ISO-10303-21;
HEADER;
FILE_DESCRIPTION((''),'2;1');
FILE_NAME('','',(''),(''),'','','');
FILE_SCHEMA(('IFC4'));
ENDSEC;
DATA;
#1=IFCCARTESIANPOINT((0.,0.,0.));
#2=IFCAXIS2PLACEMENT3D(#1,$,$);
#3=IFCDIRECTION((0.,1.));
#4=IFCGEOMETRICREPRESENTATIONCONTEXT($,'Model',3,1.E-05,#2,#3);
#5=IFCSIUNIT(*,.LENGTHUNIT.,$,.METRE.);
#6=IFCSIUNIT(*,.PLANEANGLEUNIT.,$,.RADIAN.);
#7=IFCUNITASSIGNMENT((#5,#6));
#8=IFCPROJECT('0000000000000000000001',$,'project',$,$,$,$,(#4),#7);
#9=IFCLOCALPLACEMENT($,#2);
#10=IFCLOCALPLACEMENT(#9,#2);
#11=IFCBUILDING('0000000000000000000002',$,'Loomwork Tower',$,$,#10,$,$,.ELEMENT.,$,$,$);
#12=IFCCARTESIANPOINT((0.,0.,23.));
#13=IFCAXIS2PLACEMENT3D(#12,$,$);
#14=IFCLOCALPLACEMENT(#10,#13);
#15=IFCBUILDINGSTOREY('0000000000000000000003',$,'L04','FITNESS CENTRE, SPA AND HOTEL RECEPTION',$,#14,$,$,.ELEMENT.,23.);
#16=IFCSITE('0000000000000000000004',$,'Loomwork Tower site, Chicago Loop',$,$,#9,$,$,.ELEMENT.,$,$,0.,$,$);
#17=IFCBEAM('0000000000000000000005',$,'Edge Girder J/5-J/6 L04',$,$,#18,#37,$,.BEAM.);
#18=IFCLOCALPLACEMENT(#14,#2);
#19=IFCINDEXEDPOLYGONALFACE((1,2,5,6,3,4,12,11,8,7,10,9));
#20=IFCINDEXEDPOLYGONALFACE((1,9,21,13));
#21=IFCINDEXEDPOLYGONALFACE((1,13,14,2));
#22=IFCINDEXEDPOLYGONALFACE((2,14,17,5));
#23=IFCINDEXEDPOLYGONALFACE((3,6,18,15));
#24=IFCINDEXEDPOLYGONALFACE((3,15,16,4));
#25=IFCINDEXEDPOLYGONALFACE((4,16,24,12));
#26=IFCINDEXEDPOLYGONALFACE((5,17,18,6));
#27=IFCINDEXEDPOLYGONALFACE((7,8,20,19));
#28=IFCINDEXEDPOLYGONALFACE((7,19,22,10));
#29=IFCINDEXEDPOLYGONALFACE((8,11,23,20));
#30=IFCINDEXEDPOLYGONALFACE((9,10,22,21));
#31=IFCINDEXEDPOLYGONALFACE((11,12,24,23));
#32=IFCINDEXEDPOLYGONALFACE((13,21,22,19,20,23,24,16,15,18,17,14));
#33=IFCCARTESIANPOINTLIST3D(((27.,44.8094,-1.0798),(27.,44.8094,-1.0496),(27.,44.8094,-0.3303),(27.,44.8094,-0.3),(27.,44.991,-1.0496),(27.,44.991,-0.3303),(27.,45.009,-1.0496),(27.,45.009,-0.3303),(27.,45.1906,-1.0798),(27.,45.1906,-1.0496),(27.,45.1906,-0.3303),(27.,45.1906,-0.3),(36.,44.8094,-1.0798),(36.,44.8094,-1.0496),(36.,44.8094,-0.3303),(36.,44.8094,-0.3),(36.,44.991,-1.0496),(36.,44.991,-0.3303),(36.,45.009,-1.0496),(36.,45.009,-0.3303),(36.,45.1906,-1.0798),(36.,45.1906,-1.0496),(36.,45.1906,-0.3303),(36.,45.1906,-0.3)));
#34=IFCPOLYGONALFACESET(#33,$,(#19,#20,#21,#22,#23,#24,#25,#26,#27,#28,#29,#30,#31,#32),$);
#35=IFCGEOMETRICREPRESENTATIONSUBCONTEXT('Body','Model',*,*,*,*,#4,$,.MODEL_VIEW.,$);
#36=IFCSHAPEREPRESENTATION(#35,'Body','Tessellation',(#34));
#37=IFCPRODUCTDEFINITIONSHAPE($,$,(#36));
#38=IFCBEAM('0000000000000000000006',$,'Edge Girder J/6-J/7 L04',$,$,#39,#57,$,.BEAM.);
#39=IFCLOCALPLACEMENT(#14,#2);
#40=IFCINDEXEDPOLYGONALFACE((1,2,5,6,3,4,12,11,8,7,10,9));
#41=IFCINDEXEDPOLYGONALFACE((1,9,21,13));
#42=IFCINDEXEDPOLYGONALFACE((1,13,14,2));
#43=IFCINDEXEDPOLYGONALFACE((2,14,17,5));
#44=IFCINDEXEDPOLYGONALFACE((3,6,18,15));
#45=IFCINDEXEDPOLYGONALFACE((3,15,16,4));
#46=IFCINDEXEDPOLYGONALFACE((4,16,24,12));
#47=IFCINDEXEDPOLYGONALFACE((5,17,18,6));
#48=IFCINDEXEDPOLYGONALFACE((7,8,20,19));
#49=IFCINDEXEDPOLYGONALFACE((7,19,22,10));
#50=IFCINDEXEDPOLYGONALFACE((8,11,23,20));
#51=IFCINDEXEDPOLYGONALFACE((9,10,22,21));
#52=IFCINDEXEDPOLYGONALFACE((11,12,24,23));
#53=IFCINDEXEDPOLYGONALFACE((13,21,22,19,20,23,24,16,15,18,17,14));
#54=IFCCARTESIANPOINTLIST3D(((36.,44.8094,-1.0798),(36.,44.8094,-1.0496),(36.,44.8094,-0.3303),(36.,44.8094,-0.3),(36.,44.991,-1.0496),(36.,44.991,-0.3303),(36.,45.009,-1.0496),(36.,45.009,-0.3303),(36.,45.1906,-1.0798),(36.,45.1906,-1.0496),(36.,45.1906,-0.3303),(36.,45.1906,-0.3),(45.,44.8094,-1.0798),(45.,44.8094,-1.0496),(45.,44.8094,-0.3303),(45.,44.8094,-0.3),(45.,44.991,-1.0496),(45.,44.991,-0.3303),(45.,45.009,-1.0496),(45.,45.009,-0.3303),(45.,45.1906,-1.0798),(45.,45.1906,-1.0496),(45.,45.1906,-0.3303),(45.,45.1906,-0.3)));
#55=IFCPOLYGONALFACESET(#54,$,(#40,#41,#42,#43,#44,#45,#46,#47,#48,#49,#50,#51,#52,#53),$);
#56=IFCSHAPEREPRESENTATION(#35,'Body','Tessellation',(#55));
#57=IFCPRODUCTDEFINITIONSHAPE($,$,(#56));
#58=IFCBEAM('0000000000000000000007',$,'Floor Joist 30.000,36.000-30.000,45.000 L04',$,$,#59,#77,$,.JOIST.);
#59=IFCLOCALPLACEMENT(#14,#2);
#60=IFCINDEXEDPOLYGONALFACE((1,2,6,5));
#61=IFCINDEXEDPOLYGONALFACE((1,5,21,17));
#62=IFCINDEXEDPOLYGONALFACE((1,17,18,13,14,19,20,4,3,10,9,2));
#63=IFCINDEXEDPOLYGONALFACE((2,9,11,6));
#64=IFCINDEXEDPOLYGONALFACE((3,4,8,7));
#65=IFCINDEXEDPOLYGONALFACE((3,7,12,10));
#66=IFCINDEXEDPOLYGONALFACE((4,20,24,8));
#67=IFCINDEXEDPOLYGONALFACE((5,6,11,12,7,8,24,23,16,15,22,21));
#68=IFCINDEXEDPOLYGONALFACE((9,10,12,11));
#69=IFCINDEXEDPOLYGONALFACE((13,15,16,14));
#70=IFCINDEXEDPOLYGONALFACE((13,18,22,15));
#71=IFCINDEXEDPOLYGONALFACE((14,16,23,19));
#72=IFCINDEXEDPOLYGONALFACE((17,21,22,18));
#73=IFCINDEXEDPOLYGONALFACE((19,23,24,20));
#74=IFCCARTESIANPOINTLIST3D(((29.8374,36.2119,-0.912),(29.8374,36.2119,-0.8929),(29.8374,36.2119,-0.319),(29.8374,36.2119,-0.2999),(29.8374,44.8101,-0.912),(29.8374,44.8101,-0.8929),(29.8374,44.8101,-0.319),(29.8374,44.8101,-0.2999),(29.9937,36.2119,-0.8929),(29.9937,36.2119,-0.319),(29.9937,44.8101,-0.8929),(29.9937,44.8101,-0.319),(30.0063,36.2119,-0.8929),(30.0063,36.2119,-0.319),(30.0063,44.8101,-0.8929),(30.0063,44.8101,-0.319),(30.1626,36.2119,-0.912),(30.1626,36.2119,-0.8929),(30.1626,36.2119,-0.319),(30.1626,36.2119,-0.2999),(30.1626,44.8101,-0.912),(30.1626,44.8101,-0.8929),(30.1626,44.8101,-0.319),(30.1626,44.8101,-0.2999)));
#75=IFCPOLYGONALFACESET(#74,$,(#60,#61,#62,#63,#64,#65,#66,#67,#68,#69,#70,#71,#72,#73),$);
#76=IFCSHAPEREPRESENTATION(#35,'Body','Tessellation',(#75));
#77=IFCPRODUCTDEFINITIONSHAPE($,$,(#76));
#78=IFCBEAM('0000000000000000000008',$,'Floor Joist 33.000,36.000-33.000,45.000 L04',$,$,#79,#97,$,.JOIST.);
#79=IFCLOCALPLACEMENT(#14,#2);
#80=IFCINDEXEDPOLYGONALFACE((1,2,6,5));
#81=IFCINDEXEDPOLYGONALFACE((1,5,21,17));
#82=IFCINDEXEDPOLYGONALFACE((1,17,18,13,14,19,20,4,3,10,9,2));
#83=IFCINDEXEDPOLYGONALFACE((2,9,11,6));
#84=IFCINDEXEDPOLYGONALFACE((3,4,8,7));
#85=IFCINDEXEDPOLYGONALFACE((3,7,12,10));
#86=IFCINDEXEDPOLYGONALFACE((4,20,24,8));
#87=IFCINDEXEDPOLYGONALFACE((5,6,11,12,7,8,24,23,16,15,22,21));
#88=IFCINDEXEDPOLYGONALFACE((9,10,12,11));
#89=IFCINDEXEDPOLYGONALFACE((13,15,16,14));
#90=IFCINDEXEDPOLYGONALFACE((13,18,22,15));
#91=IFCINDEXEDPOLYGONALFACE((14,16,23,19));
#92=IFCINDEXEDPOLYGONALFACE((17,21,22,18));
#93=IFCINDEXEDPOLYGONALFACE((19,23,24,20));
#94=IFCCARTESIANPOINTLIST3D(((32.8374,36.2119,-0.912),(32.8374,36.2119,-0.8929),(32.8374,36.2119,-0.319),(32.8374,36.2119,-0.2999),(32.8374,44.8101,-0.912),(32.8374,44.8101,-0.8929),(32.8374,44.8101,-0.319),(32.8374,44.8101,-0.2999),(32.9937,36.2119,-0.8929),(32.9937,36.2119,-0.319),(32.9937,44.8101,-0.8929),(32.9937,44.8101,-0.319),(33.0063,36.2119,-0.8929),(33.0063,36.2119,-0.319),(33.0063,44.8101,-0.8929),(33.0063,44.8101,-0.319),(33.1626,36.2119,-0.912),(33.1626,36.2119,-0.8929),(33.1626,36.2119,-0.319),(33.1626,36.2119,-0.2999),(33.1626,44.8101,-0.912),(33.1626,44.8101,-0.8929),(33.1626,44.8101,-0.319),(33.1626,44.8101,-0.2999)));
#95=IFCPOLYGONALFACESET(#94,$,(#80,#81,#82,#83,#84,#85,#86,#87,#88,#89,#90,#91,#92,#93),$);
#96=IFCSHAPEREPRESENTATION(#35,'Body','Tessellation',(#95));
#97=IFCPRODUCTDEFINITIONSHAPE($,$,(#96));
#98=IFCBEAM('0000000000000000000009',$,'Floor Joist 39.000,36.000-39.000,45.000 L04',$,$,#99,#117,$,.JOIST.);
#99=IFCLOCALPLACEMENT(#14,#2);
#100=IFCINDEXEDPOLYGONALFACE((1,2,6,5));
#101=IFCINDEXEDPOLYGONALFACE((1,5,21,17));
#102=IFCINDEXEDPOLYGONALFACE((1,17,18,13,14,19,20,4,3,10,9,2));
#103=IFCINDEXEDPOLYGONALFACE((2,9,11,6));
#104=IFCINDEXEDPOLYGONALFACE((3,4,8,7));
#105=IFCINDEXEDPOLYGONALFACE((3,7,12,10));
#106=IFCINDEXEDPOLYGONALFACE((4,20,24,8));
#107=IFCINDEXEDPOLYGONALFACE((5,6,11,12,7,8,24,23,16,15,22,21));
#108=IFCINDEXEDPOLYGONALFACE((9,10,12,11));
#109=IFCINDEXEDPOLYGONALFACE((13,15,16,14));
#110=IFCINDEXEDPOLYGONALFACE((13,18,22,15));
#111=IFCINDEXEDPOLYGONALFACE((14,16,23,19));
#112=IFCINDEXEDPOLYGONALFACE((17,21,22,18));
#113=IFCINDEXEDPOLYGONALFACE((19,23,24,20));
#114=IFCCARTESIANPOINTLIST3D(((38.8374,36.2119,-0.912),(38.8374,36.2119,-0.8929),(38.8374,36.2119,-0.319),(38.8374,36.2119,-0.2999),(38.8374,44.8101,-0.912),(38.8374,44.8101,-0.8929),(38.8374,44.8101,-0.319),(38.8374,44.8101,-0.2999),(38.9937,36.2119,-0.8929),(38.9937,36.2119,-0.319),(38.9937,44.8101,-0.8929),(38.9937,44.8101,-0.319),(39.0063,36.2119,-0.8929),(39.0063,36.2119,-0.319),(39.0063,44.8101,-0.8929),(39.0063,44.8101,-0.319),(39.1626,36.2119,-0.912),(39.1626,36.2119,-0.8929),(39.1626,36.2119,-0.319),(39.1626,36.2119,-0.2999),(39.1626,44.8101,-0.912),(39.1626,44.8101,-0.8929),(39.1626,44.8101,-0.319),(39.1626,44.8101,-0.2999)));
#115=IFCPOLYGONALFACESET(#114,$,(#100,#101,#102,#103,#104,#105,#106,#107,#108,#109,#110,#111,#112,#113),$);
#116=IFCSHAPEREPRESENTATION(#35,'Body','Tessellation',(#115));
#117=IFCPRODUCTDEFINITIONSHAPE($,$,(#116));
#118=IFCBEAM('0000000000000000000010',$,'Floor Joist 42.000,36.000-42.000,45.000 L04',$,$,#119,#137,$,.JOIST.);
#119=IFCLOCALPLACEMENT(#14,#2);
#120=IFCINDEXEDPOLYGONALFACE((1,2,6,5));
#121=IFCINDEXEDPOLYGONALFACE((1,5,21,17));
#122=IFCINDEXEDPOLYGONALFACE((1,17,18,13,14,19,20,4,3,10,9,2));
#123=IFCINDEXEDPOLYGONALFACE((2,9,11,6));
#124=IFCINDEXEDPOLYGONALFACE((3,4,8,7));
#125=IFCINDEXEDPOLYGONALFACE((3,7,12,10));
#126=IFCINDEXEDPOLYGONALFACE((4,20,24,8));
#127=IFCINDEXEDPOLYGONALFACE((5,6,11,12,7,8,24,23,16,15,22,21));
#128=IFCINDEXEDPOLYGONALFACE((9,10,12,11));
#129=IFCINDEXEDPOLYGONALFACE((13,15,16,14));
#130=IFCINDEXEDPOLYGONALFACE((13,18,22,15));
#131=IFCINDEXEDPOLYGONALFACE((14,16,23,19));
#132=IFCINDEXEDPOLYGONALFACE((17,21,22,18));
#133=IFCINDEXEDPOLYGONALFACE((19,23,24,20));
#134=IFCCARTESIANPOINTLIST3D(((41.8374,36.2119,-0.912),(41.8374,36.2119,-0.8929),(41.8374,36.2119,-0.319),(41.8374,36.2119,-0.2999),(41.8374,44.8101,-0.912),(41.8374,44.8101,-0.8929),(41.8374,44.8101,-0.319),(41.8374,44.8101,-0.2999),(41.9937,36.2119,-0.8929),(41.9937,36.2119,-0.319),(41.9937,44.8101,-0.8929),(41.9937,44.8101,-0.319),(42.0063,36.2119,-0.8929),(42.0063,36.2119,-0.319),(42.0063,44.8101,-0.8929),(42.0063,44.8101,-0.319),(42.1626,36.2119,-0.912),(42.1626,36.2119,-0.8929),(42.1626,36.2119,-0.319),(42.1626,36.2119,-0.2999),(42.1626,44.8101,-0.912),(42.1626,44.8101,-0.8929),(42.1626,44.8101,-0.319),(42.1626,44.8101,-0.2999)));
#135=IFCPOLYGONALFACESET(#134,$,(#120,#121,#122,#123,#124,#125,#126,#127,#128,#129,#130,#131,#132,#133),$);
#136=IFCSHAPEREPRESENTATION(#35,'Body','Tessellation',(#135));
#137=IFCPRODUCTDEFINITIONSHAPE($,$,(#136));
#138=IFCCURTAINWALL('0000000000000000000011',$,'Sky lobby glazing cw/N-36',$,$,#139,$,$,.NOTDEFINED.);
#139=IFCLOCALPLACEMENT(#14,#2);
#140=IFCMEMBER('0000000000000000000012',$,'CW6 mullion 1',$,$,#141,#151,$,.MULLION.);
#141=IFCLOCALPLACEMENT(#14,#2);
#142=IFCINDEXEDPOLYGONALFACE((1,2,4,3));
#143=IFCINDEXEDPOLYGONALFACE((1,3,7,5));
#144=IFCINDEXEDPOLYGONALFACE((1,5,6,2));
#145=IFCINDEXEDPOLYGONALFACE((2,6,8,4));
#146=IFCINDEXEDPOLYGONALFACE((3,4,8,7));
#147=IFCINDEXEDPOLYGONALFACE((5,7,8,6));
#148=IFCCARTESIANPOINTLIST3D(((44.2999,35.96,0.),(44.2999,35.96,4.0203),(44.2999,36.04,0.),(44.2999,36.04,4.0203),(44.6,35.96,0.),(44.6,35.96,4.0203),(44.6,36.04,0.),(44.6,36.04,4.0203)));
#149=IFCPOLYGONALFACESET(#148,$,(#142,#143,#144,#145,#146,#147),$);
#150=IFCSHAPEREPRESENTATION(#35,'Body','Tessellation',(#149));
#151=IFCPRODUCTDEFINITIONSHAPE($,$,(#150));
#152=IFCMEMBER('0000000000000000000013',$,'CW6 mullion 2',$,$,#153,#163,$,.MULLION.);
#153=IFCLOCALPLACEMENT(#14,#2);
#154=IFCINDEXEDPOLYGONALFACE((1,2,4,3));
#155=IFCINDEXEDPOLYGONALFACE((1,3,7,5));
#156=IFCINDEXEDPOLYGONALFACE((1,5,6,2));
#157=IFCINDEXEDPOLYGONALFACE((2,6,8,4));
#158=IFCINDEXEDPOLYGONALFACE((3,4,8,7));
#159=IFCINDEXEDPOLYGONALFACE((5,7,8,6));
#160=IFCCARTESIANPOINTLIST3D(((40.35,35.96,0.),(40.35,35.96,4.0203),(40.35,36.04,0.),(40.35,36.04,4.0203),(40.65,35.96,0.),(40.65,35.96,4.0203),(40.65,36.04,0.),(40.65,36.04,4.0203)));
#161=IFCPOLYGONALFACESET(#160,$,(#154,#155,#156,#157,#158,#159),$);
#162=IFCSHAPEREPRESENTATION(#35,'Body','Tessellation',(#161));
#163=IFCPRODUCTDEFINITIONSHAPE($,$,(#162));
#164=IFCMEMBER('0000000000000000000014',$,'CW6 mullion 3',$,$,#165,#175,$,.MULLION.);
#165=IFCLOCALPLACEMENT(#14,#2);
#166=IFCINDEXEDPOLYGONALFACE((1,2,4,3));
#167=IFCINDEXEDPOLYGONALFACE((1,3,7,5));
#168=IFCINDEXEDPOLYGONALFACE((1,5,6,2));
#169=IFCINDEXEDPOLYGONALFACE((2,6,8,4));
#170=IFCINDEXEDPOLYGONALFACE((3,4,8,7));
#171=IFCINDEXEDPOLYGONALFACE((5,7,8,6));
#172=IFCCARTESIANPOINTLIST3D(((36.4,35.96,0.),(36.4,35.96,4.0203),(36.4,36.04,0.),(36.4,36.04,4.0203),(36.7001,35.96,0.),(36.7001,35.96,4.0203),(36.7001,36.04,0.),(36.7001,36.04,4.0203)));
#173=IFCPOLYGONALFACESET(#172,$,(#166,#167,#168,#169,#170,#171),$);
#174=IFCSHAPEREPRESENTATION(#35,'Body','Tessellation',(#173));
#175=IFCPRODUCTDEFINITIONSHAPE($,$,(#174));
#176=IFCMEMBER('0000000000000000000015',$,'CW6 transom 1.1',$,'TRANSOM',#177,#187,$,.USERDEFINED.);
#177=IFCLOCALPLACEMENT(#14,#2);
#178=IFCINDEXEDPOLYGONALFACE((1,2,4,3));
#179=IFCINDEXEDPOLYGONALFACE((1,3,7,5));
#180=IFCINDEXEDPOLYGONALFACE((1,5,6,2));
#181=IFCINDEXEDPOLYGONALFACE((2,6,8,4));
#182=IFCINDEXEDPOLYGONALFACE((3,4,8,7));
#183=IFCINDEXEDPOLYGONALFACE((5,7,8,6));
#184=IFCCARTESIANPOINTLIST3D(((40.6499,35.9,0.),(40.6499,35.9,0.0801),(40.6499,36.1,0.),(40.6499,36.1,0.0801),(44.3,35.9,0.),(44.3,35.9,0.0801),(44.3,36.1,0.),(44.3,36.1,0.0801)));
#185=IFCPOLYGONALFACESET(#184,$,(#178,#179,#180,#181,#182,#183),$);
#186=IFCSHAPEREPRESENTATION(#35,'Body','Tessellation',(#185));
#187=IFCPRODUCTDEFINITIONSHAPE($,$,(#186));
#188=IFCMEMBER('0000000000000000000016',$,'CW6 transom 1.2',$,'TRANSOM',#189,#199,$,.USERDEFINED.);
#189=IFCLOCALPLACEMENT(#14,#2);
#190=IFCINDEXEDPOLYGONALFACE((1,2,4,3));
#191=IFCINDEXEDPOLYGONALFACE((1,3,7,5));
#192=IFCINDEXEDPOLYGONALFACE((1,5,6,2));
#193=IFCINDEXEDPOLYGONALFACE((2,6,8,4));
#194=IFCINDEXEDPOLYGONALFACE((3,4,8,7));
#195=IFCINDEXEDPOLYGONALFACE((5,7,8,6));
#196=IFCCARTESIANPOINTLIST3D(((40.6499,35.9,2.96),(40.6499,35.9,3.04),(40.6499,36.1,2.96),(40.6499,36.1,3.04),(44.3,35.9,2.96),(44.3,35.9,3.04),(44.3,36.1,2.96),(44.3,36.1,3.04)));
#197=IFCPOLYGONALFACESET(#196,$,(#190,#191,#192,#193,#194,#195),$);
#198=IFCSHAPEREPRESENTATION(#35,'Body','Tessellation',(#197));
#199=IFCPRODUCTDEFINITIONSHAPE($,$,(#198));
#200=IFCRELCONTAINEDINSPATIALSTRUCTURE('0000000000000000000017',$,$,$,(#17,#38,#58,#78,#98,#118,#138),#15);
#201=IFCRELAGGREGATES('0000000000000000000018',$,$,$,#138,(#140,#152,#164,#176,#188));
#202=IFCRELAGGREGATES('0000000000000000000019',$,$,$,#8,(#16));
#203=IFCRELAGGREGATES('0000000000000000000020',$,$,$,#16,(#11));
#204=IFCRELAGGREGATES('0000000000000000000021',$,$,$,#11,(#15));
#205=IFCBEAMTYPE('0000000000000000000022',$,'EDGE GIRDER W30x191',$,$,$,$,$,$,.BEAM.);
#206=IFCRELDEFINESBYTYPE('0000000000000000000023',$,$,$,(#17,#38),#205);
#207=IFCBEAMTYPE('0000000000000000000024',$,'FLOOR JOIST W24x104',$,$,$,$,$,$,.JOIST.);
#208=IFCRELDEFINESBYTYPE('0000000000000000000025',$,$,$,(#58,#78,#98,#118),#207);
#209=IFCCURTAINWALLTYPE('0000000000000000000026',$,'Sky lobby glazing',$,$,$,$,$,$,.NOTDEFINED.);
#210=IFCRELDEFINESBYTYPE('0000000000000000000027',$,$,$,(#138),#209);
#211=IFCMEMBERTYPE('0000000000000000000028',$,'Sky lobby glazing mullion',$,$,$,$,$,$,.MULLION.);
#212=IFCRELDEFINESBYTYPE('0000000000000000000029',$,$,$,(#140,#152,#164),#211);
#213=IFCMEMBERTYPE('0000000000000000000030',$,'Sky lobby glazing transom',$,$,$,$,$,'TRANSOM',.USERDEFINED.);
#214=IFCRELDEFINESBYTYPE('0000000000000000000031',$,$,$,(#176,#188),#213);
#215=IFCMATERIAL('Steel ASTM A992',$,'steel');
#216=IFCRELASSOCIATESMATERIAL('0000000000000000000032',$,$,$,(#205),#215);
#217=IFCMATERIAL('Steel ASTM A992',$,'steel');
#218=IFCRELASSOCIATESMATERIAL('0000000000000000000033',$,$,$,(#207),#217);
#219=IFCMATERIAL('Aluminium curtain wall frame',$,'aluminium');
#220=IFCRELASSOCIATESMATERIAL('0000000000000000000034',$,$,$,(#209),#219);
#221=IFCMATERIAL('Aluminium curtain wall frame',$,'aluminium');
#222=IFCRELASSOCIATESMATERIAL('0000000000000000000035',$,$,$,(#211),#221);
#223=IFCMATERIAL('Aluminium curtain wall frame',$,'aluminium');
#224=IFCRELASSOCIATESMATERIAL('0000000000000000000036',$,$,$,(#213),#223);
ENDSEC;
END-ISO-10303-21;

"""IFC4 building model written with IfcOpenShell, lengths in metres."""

from ifc_helpers import new_model, si_unit, direction, frame, origin, origin_2d, place, context, subcontext, project, spatial, rectangle, i_section, extrude, material, material_profile, profile_set, type_object, element, aggregate, save


model = new_model("IFC4")

# Units and contexts
model_context = context("Model", 3, precision=1e-05, world=origin(), true_north=direction((0.0, 1.0)))
body_context = subcontext(model_context, "Body", "Model", "MODEL_VIEW")
ifc_project = project(units=[si_unit("LENGTHUNIT", "METRE"), si_unit("PLANEANGLEUNIT", "RADIAN")], contexts=[model_context])

# Site, building, storey
site_placement = place(None, origin())
site = spatial("IfcSite", under=ifc_project, at=site_placement, Name="Loomwork Tower site, Chicago Loop", CompositionType="ELEMENT", RefElevation=0.0)
building_placement = place(site_placement, origin())
building = spatial("IfcBuilding", under=site, at=building_placement, Name="Loomwork Tower", CompositionType="ELEMENT")
storey_placement = place(building_placement, frame((0.0, 0.0, 23.0)))
storey = spatial("IfcBuildingStorey", under=building, at=storey_placement, Name="L04", Description="FITNESS CENTRE, SPA AND HOTEL RECEPTION", CompositionType="ELEMENT", Elevation=23.0)

# Beams
ifc_material_1 = material(Name="Steel ASTM A992", Category="steel")
ifc_material_profile_1 = material_profile(ifc_material_1, i_section(OverallWidth=0.3811, OverallDepth=0.7798, WebThickness=0.0181, FlangeThickness=0.0303, at=origin_2d()), Name="W30x191")
ifc_profile_set_1 = profile_set([ifc_material_profile_1], Name="Steel ASTM A992")
beam_type_1 = type_object("IfcBeamType", Name="EDGE GIRDER W30x191", PredefinedType="BEAM", material=ifc_profile_set_1)
for number, where, z_axis, x_axis, name in (
    (1, (27.0, 45.0, -0.6899), (1.0, 0.0, 0.0), (0.0, 1.0, 0.0), "Edge Girder J/5-J/6 L04"),
    (2, (36.0, 45.0, -0.6899), (1.0, 0.0, 0.0), (0.0, 1.0, 0.0), "Edge Girder J/6-J/7 L04"),
):
    element("IfcBeam", number, at=place(storey_placement, frame(where, z_axis=z_axis, x_axis=x_axis)), inside=storey, type_object=beam_type_1, Name=name, PredefinedType="BEAM", context=body_context, shape_type="SweptSolid", body=[
        extrude(i_section(OverallWidth=0.3811, OverallDepth=0.7798, WebThickness=0.0181, FlangeThickness=0.0303, at=origin_2d()), origin(), (0.0, 0.0, 1.0), 9.0),
    ])
ifc_material_2 = material(Name="Steel ASTM A992", Category="steel")
ifc_material_profile_2 = material_profile(ifc_material_2, i_section(OverallWidth=0.3252, OverallDepth=0.6121, WebThickness=0.0127, FlangeThickness=0.019, at=origin_2d()), Name="W24x104")
ifc_profile_set_2 = profile_set([ifc_material_profile_2], Name="Steel ASTM A992")
beam_type_2 = type_object("IfcBeamType", Name="FLOOR JOIST W24x104", PredefinedType="JOIST", material=ifc_profile_set_2)
for number, where, z_axis, x_axis, name in (
    (3, (30.0, 36.2119, -0.606), (0.0, 1.0, 0.0), (-1.0, 0.0, 0.0), "Floor Joist 30.000,36.000-30.000,45.000 L04"),
    (4, (33.0, 36.2119, -0.606), (0.0, 1.0, 0.0), (-1.0, 0.0, 0.0), "Floor Joist 33.000,36.000-33.000,45.000 L04"),
    (5, (39.0, 36.2119, -0.606), (0.0, 1.0, 0.0), (-1.0, 0.0, 0.0), "Floor Joist 39.000,36.000-39.000,45.000 L04"),
    (6, (42.0, 36.2119, -0.606), (0.0, 1.0, 0.0), (-1.0, 0.0, 0.0), "Floor Joist 42.000,36.000-42.000,45.000 L04"),
):
    element("IfcBeam", number, at=place(storey_placement, frame(where, z_axis=z_axis, x_axis=x_axis)), inside=storey, type_object=beam_type_2, Name=name, PredefinedType="JOIST", context=body_context, shape_type="SweptSolid", body=[
        extrude(i_section(OverallWidth=0.3252, OverallDepth=0.6121, WebThickness=0.0127, FlangeThickness=0.019, at=origin_2d()), origin(), (0.0, 0.0, 1.0), 8.5981),
    ])

# Curtain wall, members
ifc_material_3 = material(Name="Aluminium curtain wall frame", Category="aluminium")
curtain_wall_type = type_object("IfcCurtainWallType", Name="Sky lobby glazing", PredefinedType="NOTDEFINED", material=ifc_material_3)
curtain_wall_placement = place(storey_placement, origin())
curtain_wall = element("IfcCurtainWall", 7, at=curtain_wall_placement, inside=storey, type_object=curtain_wall_type, Name="Sky lobby glazing cw/N-36", PredefinedType="NOTDEFINED")
ifc_material_4 = material(Name="Aluminium curtain wall frame", Category="aluminium")
ifc_material_profile_3 = material_profile(ifc_material_4, rectangle(XDim=0.0801, YDim=0.3, at=origin_2d()), Name="AL 80x300")
ifc_profile_set_3 = profile_set([ifc_material_profile_3], Name="Aluminium curtain wall frame")
member_type_1 = type_object("IfcMemberType", Name="Sky lobby glazing mullion", PredefinedType="MULLION", material=ifc_profile_set_3)
member_1_placement = place(storey_placement, frame((44.45, 36.0, 0.0), z_axis=(0.0, 0.0, 1.0), x_axis=(0.0, -1.0, 0.0)))
member_1 = element("IfcMember", 8, at=member_1_placement, type_object=member_type_1, Name="CW6 mullion 1", PredefinedType="MULLION", context=body_context, shape_type="SweptSolid", body=[
    extrude(rectangle(XDim=0.0801, YDim=0.3, at=origin_2d()), origin(), (0.0, 0.0, 1.0), 4.0203),
])
member_2_placement = place(storey_placement, frame((40.5, 36.0, 0.0), z_axis=(0.0, 0.0, 1.0), x_axis=(0.0, -1.0, 0.0)))
member_2 = element("IfcMember", 9, at=member_2_placement, type_object=member_type_1, Name="CW6 mullion 2", PredefinedType="MULLION", context=body_context, shape_type="SweptSolid", body=[
    extrude(rectangle(XDim=0.0801, YDim=0.3, at=origin_2d()), origin(), (0.0, 0.0, 1.0), 4.0203),
])
member_3_placement = place(storey_placement, frame((36.55, 36.0, 0.0), z_axis=(0.0, 0.0, 1.0), x_axis=(0.0, -1.0, 0.0)))
member_3 = element("IfcMember", 10, at=member_3_placement, type_object=member_type_1, Name="CW6 mullion 3", PredefinedType="MULLION", context=body_context, shape_type="SweptSolid", body=[
    extrude(rectangle(XDim=0.0801, YDim=0.3, at=origin_2d()), origin(), (0.0, 0.0, 1.0), 4.0203),
])
ifc_material_5 = material(Name="Aluminium curtain wall frame", Category="aluminium")
ifc_material_profile_4 = material_profile(ifc_material_5, rectangle(XDim=0.2, YDim=0.0801, at=origin_2d()), Name="AL 80x200")
ifc_profile_set_4 = profile_set([ifc_material_profile_4], Name="Aluminium curtain wall frame")
member_type_2 = type_object("IfcMemberType", Name="Sky lobby glazing transom", ElementType="TRANSOM", PredefinedType="USERDEFINED", material=ifc_profile_set_4)
member_4_placement = place(storey_placement, frame((44.3, 36.0, 0.04), z_axis=(-1.0, 0.0, 0.0), x_axis=(0.0, -1.0, 0.0)))
member_4 = element("IfcMember", 11, at=member_4_placement, type_object=member_type_2, Name="CW6 transom 1.1", ObjectType="TRANSOM", PredefinedType="USERDEFINED", context=body_context, shape_type="SweptSolid", body=[
    extrude(rectangle(XDim=0.2, YDim=0.0801, at=origin_2d()), origin(), (0.0, 0.0, 1.0), 3.6501),
])
member_5_placement = place(storey_placement, frame((44.3, 36.0, 3.0), z_axis=(-1.0, 0.0, 0.0), x_axis=(0.0, -1.0, 0.0)))
member_5 = element("IfcMember", 12, at=member_5_placement, type_object=member_type_2, Name="CW6 transom 1.2", ObjectType="TRANSOM", PredefinedType="USERDEFINED", context=body_context, shape_type="SweptSolid", body=[
    extrude(rectangle(XDim=0.2, YDim=0.0801, at=origin_2d()), origin(), (0.0, 0.0, 1.0), 3.6501),
])

aggregate(curtain_wall, [member_1, member_2, member_3, member_4, member_5])

save(model, "model.ifc")
